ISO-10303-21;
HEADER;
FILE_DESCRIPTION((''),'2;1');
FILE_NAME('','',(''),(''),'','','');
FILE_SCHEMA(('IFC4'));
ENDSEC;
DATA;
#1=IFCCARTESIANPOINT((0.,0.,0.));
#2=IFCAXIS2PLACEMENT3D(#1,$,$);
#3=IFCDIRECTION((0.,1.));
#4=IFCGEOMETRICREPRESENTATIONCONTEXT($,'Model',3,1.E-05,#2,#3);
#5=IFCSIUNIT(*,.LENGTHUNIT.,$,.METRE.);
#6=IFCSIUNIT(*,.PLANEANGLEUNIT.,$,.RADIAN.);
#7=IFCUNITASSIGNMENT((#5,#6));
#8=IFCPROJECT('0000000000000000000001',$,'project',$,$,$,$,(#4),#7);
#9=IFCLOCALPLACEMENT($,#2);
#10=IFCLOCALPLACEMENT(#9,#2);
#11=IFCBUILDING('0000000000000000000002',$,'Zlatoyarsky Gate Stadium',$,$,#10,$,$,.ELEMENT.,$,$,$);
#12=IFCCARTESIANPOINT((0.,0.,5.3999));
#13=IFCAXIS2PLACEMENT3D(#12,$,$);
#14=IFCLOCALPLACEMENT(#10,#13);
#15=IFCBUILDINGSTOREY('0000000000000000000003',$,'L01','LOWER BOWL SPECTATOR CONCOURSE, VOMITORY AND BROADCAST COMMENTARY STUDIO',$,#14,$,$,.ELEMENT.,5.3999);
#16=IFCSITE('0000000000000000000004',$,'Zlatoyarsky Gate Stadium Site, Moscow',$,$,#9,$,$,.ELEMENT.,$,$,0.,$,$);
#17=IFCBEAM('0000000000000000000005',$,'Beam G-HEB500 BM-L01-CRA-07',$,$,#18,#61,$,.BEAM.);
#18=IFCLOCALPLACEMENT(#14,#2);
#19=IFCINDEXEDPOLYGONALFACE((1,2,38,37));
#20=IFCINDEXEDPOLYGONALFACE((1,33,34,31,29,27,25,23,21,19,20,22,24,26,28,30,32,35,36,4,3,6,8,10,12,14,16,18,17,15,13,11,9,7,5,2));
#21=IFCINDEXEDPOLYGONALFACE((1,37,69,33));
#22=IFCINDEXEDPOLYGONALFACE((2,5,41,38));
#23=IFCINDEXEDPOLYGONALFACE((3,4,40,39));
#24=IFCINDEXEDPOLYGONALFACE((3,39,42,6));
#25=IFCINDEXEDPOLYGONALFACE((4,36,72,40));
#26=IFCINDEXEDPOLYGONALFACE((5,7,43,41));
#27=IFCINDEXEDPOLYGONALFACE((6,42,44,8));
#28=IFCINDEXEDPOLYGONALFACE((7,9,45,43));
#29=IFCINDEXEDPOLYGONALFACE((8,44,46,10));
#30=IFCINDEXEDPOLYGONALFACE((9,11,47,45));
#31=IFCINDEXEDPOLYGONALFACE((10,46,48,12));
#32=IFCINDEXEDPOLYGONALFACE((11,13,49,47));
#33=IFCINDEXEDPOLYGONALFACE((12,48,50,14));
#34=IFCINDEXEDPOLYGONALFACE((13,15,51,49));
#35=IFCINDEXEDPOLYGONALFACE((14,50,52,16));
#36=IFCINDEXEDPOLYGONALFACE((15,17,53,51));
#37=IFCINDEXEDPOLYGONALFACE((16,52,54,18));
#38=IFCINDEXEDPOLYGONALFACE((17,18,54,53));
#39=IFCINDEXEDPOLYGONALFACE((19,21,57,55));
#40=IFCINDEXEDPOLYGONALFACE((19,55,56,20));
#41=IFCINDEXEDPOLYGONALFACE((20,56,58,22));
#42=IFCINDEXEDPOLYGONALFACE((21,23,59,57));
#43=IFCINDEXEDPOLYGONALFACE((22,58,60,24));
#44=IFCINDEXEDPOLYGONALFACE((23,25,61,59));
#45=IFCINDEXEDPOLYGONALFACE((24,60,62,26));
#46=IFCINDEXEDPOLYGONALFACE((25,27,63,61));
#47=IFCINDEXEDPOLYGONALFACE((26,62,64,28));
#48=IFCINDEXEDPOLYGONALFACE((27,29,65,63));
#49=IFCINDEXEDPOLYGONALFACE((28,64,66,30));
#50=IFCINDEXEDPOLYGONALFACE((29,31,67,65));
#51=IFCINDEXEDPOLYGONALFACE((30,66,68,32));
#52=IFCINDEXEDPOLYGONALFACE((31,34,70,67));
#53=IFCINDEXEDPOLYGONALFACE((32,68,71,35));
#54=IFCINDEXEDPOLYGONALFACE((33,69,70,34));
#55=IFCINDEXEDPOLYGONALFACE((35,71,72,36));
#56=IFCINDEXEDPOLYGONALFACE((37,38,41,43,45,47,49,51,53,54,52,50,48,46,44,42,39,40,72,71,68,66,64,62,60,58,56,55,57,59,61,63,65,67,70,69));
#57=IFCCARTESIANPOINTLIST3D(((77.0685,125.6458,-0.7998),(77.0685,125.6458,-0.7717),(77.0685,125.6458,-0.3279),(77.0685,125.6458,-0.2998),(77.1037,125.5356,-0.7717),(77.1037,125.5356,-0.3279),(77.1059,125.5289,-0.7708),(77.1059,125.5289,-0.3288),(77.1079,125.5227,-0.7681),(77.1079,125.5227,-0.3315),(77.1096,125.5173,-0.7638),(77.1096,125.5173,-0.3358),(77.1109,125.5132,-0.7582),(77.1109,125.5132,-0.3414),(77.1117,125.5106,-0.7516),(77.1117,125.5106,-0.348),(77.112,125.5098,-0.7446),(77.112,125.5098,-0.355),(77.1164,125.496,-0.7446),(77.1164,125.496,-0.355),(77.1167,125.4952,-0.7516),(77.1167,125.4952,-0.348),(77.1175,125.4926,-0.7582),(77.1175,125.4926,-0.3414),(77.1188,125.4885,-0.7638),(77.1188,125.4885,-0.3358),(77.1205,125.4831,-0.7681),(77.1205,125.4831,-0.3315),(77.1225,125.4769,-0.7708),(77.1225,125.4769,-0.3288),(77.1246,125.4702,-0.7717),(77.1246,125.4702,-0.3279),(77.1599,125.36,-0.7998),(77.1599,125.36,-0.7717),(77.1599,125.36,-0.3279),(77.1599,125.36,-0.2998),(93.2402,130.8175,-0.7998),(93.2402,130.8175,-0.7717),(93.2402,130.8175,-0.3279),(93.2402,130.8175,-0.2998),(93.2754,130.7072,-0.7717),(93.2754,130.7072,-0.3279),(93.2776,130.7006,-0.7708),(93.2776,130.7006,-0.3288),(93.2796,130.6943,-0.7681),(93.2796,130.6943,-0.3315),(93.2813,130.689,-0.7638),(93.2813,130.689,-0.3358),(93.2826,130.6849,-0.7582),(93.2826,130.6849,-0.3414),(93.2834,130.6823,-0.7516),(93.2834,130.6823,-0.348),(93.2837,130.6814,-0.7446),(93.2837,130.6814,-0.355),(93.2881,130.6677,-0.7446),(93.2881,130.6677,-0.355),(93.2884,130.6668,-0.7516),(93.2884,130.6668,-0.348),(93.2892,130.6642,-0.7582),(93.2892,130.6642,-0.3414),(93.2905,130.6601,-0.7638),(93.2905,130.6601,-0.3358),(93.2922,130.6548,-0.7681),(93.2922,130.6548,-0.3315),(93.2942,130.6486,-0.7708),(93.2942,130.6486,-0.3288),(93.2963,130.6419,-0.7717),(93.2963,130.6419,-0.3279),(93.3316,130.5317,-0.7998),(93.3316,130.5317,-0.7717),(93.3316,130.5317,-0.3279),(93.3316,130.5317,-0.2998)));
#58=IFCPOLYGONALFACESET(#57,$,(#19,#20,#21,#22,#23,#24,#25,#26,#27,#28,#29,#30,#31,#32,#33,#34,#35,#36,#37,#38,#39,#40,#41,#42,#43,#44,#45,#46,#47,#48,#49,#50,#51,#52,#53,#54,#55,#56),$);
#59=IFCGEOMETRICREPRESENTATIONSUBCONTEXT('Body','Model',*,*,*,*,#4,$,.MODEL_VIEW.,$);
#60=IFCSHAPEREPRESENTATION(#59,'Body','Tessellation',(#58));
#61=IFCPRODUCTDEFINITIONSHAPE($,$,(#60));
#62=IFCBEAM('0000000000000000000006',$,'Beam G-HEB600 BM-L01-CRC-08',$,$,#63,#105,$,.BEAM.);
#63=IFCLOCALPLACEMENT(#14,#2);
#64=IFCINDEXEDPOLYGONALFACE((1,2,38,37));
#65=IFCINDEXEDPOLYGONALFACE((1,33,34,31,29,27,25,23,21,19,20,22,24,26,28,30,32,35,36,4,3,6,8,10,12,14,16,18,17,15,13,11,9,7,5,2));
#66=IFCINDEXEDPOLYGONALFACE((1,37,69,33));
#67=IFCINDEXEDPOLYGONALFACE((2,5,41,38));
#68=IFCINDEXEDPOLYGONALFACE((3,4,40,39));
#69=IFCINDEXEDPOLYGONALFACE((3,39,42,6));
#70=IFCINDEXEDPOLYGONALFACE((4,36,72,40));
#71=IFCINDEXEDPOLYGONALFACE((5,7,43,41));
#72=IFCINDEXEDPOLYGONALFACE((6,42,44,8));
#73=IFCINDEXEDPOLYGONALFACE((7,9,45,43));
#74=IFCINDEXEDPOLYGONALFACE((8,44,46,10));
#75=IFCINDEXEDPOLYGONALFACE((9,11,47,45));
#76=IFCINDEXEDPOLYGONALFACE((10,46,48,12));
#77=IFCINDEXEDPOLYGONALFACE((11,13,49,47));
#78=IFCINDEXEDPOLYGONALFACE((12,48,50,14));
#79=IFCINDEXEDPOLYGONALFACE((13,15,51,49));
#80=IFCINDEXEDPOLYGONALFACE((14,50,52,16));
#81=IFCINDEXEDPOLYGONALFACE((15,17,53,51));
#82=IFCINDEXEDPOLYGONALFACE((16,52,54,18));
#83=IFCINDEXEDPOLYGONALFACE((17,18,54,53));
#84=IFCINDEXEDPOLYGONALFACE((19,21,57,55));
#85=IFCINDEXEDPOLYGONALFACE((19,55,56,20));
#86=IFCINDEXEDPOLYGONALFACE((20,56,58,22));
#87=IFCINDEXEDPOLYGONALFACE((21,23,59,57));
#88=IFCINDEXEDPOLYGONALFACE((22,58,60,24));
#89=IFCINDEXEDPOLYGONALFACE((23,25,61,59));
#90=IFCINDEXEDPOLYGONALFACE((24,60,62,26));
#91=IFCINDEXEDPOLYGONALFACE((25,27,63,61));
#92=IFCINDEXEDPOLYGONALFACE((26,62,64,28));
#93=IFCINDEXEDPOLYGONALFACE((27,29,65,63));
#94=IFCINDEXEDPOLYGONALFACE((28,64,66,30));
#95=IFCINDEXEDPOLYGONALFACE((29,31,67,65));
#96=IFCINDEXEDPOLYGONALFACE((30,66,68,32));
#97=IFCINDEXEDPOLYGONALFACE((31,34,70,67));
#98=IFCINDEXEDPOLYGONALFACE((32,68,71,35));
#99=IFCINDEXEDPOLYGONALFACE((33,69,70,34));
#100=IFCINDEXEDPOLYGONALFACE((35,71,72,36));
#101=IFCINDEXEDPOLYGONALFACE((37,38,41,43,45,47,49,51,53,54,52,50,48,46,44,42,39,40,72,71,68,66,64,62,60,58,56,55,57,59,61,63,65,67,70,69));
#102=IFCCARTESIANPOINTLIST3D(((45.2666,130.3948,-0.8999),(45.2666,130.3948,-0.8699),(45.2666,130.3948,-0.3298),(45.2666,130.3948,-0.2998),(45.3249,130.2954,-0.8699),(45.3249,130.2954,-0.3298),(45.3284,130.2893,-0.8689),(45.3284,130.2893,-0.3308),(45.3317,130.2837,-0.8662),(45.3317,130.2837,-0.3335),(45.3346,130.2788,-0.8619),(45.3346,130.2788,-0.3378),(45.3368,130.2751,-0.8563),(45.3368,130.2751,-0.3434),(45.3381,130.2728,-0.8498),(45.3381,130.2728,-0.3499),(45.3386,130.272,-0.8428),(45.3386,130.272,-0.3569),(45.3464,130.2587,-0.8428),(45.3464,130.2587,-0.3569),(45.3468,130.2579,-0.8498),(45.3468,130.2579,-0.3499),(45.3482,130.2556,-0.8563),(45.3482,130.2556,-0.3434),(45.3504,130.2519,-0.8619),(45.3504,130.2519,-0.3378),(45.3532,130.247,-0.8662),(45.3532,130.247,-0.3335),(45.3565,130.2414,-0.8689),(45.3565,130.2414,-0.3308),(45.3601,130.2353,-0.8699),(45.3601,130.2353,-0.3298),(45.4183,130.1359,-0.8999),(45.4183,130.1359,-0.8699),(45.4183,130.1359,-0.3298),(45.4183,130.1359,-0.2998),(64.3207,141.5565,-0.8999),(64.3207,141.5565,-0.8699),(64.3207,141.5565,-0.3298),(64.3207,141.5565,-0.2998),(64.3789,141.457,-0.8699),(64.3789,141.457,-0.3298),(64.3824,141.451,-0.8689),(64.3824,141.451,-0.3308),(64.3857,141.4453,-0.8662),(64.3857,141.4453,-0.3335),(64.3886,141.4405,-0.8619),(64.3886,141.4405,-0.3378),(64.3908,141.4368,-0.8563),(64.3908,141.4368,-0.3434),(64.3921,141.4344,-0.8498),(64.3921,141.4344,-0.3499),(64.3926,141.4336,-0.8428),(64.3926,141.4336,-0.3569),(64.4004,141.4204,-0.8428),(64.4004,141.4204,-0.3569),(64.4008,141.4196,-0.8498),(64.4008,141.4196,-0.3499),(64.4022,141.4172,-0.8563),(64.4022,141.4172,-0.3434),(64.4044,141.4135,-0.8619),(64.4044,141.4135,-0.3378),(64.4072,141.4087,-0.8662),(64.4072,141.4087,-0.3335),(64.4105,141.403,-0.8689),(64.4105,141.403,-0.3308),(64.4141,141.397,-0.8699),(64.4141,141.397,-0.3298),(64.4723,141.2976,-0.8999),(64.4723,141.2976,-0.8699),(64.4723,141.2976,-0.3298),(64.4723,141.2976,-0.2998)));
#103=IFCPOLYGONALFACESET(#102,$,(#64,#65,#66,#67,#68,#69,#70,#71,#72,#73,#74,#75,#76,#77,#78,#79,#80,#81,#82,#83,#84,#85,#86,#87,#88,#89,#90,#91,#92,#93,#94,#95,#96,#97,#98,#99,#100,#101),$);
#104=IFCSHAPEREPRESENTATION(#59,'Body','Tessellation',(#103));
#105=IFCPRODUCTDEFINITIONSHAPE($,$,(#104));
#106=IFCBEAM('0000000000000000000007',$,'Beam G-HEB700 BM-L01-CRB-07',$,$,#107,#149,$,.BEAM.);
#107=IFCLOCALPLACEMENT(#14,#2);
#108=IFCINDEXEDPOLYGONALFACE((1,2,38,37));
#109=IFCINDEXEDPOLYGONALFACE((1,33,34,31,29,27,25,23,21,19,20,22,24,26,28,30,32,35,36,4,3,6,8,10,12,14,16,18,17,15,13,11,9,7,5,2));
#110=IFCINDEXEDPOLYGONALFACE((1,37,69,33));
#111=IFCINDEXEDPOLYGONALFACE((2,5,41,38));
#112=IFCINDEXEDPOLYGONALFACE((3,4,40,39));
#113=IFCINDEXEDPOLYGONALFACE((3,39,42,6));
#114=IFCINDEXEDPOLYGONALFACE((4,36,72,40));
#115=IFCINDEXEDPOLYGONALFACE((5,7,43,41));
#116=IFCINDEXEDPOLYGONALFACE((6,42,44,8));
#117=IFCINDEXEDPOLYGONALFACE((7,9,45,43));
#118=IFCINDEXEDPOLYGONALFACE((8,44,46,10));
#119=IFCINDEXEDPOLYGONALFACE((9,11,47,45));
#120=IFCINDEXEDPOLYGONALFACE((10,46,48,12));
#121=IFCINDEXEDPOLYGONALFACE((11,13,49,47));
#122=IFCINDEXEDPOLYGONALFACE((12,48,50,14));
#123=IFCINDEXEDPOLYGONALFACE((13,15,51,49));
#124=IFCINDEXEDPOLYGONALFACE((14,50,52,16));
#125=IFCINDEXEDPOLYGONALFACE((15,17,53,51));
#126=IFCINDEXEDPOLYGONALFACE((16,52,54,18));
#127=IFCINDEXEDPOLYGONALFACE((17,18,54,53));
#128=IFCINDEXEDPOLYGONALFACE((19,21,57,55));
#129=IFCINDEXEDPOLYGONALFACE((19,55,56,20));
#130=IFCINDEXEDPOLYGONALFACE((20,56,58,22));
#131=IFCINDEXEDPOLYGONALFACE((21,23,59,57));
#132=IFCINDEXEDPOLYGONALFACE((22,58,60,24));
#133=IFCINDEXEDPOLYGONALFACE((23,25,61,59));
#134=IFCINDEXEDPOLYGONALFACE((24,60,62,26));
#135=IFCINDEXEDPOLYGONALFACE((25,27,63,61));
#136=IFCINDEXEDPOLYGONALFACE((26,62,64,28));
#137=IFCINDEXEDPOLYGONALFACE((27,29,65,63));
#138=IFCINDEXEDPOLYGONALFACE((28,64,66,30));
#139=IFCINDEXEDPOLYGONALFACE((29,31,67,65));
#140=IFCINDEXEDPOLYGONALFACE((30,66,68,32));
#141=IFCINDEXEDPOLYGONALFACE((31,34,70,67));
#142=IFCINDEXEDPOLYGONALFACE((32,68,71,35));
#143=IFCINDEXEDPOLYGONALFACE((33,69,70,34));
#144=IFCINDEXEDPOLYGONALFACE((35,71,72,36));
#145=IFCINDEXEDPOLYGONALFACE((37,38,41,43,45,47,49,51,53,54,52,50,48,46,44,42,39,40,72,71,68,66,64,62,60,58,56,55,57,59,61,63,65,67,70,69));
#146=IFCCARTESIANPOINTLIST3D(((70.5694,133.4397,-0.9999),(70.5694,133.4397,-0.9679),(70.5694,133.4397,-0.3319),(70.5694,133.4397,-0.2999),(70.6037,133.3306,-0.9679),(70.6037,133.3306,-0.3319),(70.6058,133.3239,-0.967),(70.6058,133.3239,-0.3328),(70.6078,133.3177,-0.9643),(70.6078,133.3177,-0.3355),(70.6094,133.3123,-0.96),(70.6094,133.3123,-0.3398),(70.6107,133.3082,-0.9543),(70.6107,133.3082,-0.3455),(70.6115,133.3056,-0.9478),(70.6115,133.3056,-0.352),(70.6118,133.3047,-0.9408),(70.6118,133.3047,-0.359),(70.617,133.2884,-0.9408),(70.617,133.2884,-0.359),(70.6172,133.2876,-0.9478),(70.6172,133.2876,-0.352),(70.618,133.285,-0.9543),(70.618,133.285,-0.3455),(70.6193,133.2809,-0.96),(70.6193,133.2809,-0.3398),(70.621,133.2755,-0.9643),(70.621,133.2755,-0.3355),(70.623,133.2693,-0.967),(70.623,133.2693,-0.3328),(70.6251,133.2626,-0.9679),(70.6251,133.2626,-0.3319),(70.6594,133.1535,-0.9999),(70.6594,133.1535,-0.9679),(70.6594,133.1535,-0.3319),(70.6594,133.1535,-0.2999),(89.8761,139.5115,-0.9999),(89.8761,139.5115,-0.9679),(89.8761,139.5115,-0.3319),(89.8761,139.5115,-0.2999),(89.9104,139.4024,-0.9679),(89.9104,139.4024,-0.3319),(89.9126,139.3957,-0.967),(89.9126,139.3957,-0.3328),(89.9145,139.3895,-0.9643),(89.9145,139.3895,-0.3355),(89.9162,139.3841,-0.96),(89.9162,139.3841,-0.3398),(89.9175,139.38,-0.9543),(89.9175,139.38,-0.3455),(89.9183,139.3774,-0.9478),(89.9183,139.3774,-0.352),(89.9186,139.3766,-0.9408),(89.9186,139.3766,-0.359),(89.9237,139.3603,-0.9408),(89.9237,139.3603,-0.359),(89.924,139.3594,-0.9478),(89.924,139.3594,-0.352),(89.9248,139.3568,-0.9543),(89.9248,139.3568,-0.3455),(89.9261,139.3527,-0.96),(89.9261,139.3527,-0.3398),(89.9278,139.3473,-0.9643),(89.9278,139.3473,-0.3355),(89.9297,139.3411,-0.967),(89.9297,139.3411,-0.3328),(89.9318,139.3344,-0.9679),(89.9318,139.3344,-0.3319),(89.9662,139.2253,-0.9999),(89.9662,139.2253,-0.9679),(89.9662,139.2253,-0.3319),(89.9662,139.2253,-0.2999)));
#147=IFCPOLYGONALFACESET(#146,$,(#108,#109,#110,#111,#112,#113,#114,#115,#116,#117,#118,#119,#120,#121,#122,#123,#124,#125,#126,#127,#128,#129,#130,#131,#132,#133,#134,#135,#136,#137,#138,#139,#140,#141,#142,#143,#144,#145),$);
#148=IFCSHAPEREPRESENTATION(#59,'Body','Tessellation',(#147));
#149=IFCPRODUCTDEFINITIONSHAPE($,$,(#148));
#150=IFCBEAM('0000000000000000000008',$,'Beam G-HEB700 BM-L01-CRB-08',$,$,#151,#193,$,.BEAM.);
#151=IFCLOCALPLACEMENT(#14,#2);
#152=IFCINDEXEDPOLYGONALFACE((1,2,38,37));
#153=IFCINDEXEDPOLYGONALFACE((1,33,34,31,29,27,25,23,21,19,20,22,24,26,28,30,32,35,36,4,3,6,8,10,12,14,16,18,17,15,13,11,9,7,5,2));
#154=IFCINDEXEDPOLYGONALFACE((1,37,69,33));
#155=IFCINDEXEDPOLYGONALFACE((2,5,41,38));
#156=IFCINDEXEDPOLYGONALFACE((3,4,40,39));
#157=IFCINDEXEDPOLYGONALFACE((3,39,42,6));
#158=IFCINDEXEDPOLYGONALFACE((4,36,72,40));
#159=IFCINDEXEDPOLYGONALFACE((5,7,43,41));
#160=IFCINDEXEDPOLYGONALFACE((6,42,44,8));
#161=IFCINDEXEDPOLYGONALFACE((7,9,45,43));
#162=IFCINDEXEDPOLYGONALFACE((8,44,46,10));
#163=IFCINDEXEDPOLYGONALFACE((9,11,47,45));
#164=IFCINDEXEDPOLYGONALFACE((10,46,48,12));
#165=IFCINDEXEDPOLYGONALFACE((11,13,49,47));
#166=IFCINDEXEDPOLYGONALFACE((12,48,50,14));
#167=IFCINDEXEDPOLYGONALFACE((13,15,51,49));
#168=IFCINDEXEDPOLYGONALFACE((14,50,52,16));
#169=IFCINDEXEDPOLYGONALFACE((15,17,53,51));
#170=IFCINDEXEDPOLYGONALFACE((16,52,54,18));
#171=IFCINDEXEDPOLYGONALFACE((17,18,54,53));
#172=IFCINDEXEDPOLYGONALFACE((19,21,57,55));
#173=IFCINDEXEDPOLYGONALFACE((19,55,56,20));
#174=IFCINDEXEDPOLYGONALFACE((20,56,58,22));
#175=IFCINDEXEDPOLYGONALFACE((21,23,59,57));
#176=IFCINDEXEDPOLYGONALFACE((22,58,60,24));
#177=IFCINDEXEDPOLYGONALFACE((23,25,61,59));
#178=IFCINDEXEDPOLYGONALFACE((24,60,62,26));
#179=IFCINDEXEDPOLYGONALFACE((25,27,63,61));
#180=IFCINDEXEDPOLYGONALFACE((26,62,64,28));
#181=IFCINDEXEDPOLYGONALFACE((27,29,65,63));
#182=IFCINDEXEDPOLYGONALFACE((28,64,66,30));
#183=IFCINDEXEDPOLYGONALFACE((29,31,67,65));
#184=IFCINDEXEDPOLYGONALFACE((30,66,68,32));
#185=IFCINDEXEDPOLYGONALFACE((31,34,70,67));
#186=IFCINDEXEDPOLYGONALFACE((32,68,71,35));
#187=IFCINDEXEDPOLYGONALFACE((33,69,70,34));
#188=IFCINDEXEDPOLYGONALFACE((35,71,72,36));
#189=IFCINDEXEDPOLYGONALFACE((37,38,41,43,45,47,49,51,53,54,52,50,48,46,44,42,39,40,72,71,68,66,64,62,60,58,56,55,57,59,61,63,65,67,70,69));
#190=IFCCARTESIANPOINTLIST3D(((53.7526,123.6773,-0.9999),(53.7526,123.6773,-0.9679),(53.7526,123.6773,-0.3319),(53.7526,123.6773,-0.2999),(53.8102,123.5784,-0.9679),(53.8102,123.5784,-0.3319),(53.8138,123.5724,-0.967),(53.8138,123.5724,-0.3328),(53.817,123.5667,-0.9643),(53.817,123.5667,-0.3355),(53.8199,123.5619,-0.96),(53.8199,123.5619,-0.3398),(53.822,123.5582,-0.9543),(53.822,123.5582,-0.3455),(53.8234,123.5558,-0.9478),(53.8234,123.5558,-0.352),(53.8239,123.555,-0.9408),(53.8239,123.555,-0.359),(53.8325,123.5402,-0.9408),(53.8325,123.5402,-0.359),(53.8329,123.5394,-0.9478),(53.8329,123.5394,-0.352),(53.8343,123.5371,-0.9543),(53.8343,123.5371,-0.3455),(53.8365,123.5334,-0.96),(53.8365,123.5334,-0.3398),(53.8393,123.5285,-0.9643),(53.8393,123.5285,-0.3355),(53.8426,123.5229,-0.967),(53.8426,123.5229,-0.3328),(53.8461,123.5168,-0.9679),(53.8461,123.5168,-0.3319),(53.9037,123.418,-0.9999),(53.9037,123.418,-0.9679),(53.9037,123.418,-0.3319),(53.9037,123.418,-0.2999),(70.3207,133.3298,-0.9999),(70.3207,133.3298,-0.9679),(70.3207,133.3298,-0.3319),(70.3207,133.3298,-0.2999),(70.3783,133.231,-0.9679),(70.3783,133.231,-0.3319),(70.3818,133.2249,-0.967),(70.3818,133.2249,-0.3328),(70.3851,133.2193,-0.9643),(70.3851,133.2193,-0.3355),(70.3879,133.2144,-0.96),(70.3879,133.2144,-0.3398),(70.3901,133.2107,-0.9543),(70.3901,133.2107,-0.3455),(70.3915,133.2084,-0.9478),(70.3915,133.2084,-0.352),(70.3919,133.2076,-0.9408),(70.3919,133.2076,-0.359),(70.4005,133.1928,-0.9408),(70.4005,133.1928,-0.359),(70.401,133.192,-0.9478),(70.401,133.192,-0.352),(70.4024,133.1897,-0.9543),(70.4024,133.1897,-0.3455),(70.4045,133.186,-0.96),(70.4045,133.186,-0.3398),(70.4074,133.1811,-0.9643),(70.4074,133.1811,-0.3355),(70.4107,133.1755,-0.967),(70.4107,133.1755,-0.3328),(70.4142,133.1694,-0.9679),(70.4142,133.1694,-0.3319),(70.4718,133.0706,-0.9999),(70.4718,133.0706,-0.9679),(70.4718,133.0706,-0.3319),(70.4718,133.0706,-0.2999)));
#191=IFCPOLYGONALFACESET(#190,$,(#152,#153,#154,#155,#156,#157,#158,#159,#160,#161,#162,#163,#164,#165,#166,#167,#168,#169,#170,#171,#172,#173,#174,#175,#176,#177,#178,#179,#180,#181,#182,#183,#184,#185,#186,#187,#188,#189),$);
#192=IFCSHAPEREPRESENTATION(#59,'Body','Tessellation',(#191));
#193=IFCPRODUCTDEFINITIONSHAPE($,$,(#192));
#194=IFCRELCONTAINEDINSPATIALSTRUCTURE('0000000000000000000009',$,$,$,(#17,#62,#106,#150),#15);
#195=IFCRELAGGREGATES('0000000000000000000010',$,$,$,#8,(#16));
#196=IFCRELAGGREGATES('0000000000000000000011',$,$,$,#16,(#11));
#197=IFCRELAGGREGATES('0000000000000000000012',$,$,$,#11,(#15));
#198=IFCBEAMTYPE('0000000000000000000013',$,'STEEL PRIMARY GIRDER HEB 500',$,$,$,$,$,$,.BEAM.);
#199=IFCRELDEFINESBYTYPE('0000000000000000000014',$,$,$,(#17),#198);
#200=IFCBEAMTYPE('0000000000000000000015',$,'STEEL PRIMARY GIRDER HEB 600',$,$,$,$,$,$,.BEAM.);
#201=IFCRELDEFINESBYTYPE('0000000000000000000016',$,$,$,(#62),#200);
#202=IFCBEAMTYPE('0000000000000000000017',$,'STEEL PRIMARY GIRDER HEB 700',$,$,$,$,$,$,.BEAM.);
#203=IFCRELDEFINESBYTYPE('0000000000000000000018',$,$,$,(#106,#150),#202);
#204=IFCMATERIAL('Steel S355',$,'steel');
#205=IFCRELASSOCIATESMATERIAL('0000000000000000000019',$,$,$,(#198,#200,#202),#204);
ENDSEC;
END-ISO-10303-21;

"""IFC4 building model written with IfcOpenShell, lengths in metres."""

from ifc_helpers import new_model, si_unit, direction, frame, origin, origin_2d, place, context, subcontext, project, spatial, i_section, extrude, material, material_profile, profile_set, type_object, element, save


model = new_model("IFC4")

# Units and contexts
model_context = context("Model", 3, precision=1e-05, world=origin(), true_north=direction((0.0, 1.0)))
body_context = subcontext(model_context, "Body", "Model", "MODEL_VIEW")
ifc_project = project(units=[si_unit("LENGTHUNIT", "METRE"), si_unit("PLANEANGLEUNIT", "RADIAN")], contexts=[model_context])

# Site, building, storey
site_placement = place(None, origin())
site = spatial("IfcSite", under=ifc_project, at=site_placement, Name="Zlatoyarsky Gate Stadium Site, Moscow", CompositionType="ELEMENT", RefElevation=0.0)
building_placement = place(site_placement, origin())
building = spatial("IfcBuilding", under=site, at=building_placement, Name="Zlatoyarsky Gate Stadium", CompositionType="ELEMENT")
storey_placement = place(building_placement, frame((0.0, 0.0, 5.3999)))
storey = spatial("IfcBuildingStorey", under=building, at=storey_placement, Name="L01", Description="LOWER BOWL SPECTATOR CONCOURSE, VOMITORY AND BROADCAST COMMENTARY STUDIO", CompositionType="ELEMENT", Elevation=5.3999)

# Shared definitions
ifc_material_1 = material(Name="Steel S355", Category="steel")

# Beams
ifc_material_profile_1 = material_profile(ifc_material_1, i_section(OverallWidth=0.3, OverallDepth=0.5, WebThickness=0.0144, FlangeThickness=0.0281, FilletRadius=0.0271, at=origin_2d()), Name="HEB 500")
ifc_profile_set_1 = profile_set([ifc_material_profile_1], Name="Steel S355")
beam_type_1 = type_object("IfcBeamType", Name="STEEL PRIMARY GIRDER HEB 500", PredefinedType="BEAM", material=ifc_profile_set_1)
beam_1_placement = place(storey_placement, frame((93.2859, 130.6746, -0.5498), z_axis=(-0.95248, -0.3046, 0.0), x_axis=(0.3046, -0.95248, 0.0)))
element("IfcBeam", 1, at=beam_1_placement, inside=storey, type_object=beam_type_1, Name="Beam G-HEB500 BM-L01-CRA-07", PredefinedType="BEAM", context=body_context, shape_type="SweptSolid", body=[
    extrude(i_section(OverallWidth=0.3, OverallDepth=0.5, WebThickness=0.0144, FlangeThickness=0.0281, FilletRadius=0.0271, at=origin_2d()), origin(), (0.0, 0.0, 1.0), 16.9785),
])
ifc_material_profile_2 = material_profile(ifc_material_1, i_section(OverallWidth=0.3, OverallDepth=0.6001, WebThickness=0.0154, FlangeThickness=0.03, FilletRadius=0.0271, at=origin_2d()), Name="HEB 600")
ifc_profile_set_2 = profile_set([ifc_material_profile_2], Name="Steel S355")
beam_type_2 = type_object("IfcBeamType", Name="STEEL PRIMARY GIRDER HEB 600", PredefinedType="BEAM", material=ifc_profile_set_2)
beam_2_placement = place(storey_placement, frame((64.3965, 141.427, -0.5999), z_axis=(-0.862855, -0.505452, 0.0), x_axis=(0.505452, -0.862855, 0.0)))
element("IfcBeam", 2, at=beam_2_placement, inside=storey, type_object=beam_type_2, Name="Beam G-HEB600 BM-L01-CRC-08", PredefinedType="BEAM", context=body_context, shape_type="SweptSolid", body=[
    extrude(i_section(OverallWidth=0.3, OverallDepth=0.6001, WebThickness=0.0154, FlangeThickness=0.03, FilletRadius=0.0271, at=origin_2d()), origin(), (0.0, 0.0, 1.0), 22.0825),
])
ifc_material_profile_3 = material_profile(ifc_material_1, i_section(OverallWidth=0.3, OverallDepth=0.7, WebThickness=0.0171, FlangeThickness=0.032, FilletRadius=0.0271, at=origin_2d()), Name="HEB 700")
ifc_profile_set_3 = profile_set([ifc_material_profile_3], Name="Steel S355")
beam_type_3 = type_object("IfcBeamType", Name="STEEL PRIMARY GIRDER HEB 700", PredefinedType="BEAM", material=ifc_profile_set_3)
beam_3_placement = place(storey_placement, frame((89.9211, 139.3684, -0.6499), z_axis=(-0.953938, -0.300005, 0.0), x_axis=(0.300005, -0.953938, 0.0)))
element("IfcBeam", 3, at=beam_3_placement, inside=storey, type_object=beam_type_3, Name="Beam G-HEB700 BM-L01-CRB-07", PredefinedType="BEAM", context=body_context, shape_type="SweptSolid", body=[
    extrude(i_section(OverallWidth=0.3, OverallDepth=0.7, WebThickness=0.0171, FlangeThickness=0.032, FilletRadius=0.0271, at=origin_2d()), origin(), (0.0, 0.0, 1.0), 20.239),
])
beam_4_placement = place(storey_placement, frame((70.3962, 133.2002, -0.6499), z_axis=(-0.864054, -0.503398, 0.0), x_axis=(0.503398, -0.864054, 0.0)))
element("IfcBeam", 4, at=beam_4_placement, inside=storey, type_object=beam_type_3, Name="Beam G-HEB700 BM-L01-CRB-08", PredefinedType="BEAM", context=body_context, shape_type="SweptSolid", body=[
    extrude(i_section(OverallWidth=0.3, OverallDepth=0.7, WebThickness=0.0171, FlangeThickness=0.032, FilletRadius=0.0271, at=origin_2d()), origin(), (0.0, 0.0, 1.0), 19.1748),
])

save(model, "model.ifc")
